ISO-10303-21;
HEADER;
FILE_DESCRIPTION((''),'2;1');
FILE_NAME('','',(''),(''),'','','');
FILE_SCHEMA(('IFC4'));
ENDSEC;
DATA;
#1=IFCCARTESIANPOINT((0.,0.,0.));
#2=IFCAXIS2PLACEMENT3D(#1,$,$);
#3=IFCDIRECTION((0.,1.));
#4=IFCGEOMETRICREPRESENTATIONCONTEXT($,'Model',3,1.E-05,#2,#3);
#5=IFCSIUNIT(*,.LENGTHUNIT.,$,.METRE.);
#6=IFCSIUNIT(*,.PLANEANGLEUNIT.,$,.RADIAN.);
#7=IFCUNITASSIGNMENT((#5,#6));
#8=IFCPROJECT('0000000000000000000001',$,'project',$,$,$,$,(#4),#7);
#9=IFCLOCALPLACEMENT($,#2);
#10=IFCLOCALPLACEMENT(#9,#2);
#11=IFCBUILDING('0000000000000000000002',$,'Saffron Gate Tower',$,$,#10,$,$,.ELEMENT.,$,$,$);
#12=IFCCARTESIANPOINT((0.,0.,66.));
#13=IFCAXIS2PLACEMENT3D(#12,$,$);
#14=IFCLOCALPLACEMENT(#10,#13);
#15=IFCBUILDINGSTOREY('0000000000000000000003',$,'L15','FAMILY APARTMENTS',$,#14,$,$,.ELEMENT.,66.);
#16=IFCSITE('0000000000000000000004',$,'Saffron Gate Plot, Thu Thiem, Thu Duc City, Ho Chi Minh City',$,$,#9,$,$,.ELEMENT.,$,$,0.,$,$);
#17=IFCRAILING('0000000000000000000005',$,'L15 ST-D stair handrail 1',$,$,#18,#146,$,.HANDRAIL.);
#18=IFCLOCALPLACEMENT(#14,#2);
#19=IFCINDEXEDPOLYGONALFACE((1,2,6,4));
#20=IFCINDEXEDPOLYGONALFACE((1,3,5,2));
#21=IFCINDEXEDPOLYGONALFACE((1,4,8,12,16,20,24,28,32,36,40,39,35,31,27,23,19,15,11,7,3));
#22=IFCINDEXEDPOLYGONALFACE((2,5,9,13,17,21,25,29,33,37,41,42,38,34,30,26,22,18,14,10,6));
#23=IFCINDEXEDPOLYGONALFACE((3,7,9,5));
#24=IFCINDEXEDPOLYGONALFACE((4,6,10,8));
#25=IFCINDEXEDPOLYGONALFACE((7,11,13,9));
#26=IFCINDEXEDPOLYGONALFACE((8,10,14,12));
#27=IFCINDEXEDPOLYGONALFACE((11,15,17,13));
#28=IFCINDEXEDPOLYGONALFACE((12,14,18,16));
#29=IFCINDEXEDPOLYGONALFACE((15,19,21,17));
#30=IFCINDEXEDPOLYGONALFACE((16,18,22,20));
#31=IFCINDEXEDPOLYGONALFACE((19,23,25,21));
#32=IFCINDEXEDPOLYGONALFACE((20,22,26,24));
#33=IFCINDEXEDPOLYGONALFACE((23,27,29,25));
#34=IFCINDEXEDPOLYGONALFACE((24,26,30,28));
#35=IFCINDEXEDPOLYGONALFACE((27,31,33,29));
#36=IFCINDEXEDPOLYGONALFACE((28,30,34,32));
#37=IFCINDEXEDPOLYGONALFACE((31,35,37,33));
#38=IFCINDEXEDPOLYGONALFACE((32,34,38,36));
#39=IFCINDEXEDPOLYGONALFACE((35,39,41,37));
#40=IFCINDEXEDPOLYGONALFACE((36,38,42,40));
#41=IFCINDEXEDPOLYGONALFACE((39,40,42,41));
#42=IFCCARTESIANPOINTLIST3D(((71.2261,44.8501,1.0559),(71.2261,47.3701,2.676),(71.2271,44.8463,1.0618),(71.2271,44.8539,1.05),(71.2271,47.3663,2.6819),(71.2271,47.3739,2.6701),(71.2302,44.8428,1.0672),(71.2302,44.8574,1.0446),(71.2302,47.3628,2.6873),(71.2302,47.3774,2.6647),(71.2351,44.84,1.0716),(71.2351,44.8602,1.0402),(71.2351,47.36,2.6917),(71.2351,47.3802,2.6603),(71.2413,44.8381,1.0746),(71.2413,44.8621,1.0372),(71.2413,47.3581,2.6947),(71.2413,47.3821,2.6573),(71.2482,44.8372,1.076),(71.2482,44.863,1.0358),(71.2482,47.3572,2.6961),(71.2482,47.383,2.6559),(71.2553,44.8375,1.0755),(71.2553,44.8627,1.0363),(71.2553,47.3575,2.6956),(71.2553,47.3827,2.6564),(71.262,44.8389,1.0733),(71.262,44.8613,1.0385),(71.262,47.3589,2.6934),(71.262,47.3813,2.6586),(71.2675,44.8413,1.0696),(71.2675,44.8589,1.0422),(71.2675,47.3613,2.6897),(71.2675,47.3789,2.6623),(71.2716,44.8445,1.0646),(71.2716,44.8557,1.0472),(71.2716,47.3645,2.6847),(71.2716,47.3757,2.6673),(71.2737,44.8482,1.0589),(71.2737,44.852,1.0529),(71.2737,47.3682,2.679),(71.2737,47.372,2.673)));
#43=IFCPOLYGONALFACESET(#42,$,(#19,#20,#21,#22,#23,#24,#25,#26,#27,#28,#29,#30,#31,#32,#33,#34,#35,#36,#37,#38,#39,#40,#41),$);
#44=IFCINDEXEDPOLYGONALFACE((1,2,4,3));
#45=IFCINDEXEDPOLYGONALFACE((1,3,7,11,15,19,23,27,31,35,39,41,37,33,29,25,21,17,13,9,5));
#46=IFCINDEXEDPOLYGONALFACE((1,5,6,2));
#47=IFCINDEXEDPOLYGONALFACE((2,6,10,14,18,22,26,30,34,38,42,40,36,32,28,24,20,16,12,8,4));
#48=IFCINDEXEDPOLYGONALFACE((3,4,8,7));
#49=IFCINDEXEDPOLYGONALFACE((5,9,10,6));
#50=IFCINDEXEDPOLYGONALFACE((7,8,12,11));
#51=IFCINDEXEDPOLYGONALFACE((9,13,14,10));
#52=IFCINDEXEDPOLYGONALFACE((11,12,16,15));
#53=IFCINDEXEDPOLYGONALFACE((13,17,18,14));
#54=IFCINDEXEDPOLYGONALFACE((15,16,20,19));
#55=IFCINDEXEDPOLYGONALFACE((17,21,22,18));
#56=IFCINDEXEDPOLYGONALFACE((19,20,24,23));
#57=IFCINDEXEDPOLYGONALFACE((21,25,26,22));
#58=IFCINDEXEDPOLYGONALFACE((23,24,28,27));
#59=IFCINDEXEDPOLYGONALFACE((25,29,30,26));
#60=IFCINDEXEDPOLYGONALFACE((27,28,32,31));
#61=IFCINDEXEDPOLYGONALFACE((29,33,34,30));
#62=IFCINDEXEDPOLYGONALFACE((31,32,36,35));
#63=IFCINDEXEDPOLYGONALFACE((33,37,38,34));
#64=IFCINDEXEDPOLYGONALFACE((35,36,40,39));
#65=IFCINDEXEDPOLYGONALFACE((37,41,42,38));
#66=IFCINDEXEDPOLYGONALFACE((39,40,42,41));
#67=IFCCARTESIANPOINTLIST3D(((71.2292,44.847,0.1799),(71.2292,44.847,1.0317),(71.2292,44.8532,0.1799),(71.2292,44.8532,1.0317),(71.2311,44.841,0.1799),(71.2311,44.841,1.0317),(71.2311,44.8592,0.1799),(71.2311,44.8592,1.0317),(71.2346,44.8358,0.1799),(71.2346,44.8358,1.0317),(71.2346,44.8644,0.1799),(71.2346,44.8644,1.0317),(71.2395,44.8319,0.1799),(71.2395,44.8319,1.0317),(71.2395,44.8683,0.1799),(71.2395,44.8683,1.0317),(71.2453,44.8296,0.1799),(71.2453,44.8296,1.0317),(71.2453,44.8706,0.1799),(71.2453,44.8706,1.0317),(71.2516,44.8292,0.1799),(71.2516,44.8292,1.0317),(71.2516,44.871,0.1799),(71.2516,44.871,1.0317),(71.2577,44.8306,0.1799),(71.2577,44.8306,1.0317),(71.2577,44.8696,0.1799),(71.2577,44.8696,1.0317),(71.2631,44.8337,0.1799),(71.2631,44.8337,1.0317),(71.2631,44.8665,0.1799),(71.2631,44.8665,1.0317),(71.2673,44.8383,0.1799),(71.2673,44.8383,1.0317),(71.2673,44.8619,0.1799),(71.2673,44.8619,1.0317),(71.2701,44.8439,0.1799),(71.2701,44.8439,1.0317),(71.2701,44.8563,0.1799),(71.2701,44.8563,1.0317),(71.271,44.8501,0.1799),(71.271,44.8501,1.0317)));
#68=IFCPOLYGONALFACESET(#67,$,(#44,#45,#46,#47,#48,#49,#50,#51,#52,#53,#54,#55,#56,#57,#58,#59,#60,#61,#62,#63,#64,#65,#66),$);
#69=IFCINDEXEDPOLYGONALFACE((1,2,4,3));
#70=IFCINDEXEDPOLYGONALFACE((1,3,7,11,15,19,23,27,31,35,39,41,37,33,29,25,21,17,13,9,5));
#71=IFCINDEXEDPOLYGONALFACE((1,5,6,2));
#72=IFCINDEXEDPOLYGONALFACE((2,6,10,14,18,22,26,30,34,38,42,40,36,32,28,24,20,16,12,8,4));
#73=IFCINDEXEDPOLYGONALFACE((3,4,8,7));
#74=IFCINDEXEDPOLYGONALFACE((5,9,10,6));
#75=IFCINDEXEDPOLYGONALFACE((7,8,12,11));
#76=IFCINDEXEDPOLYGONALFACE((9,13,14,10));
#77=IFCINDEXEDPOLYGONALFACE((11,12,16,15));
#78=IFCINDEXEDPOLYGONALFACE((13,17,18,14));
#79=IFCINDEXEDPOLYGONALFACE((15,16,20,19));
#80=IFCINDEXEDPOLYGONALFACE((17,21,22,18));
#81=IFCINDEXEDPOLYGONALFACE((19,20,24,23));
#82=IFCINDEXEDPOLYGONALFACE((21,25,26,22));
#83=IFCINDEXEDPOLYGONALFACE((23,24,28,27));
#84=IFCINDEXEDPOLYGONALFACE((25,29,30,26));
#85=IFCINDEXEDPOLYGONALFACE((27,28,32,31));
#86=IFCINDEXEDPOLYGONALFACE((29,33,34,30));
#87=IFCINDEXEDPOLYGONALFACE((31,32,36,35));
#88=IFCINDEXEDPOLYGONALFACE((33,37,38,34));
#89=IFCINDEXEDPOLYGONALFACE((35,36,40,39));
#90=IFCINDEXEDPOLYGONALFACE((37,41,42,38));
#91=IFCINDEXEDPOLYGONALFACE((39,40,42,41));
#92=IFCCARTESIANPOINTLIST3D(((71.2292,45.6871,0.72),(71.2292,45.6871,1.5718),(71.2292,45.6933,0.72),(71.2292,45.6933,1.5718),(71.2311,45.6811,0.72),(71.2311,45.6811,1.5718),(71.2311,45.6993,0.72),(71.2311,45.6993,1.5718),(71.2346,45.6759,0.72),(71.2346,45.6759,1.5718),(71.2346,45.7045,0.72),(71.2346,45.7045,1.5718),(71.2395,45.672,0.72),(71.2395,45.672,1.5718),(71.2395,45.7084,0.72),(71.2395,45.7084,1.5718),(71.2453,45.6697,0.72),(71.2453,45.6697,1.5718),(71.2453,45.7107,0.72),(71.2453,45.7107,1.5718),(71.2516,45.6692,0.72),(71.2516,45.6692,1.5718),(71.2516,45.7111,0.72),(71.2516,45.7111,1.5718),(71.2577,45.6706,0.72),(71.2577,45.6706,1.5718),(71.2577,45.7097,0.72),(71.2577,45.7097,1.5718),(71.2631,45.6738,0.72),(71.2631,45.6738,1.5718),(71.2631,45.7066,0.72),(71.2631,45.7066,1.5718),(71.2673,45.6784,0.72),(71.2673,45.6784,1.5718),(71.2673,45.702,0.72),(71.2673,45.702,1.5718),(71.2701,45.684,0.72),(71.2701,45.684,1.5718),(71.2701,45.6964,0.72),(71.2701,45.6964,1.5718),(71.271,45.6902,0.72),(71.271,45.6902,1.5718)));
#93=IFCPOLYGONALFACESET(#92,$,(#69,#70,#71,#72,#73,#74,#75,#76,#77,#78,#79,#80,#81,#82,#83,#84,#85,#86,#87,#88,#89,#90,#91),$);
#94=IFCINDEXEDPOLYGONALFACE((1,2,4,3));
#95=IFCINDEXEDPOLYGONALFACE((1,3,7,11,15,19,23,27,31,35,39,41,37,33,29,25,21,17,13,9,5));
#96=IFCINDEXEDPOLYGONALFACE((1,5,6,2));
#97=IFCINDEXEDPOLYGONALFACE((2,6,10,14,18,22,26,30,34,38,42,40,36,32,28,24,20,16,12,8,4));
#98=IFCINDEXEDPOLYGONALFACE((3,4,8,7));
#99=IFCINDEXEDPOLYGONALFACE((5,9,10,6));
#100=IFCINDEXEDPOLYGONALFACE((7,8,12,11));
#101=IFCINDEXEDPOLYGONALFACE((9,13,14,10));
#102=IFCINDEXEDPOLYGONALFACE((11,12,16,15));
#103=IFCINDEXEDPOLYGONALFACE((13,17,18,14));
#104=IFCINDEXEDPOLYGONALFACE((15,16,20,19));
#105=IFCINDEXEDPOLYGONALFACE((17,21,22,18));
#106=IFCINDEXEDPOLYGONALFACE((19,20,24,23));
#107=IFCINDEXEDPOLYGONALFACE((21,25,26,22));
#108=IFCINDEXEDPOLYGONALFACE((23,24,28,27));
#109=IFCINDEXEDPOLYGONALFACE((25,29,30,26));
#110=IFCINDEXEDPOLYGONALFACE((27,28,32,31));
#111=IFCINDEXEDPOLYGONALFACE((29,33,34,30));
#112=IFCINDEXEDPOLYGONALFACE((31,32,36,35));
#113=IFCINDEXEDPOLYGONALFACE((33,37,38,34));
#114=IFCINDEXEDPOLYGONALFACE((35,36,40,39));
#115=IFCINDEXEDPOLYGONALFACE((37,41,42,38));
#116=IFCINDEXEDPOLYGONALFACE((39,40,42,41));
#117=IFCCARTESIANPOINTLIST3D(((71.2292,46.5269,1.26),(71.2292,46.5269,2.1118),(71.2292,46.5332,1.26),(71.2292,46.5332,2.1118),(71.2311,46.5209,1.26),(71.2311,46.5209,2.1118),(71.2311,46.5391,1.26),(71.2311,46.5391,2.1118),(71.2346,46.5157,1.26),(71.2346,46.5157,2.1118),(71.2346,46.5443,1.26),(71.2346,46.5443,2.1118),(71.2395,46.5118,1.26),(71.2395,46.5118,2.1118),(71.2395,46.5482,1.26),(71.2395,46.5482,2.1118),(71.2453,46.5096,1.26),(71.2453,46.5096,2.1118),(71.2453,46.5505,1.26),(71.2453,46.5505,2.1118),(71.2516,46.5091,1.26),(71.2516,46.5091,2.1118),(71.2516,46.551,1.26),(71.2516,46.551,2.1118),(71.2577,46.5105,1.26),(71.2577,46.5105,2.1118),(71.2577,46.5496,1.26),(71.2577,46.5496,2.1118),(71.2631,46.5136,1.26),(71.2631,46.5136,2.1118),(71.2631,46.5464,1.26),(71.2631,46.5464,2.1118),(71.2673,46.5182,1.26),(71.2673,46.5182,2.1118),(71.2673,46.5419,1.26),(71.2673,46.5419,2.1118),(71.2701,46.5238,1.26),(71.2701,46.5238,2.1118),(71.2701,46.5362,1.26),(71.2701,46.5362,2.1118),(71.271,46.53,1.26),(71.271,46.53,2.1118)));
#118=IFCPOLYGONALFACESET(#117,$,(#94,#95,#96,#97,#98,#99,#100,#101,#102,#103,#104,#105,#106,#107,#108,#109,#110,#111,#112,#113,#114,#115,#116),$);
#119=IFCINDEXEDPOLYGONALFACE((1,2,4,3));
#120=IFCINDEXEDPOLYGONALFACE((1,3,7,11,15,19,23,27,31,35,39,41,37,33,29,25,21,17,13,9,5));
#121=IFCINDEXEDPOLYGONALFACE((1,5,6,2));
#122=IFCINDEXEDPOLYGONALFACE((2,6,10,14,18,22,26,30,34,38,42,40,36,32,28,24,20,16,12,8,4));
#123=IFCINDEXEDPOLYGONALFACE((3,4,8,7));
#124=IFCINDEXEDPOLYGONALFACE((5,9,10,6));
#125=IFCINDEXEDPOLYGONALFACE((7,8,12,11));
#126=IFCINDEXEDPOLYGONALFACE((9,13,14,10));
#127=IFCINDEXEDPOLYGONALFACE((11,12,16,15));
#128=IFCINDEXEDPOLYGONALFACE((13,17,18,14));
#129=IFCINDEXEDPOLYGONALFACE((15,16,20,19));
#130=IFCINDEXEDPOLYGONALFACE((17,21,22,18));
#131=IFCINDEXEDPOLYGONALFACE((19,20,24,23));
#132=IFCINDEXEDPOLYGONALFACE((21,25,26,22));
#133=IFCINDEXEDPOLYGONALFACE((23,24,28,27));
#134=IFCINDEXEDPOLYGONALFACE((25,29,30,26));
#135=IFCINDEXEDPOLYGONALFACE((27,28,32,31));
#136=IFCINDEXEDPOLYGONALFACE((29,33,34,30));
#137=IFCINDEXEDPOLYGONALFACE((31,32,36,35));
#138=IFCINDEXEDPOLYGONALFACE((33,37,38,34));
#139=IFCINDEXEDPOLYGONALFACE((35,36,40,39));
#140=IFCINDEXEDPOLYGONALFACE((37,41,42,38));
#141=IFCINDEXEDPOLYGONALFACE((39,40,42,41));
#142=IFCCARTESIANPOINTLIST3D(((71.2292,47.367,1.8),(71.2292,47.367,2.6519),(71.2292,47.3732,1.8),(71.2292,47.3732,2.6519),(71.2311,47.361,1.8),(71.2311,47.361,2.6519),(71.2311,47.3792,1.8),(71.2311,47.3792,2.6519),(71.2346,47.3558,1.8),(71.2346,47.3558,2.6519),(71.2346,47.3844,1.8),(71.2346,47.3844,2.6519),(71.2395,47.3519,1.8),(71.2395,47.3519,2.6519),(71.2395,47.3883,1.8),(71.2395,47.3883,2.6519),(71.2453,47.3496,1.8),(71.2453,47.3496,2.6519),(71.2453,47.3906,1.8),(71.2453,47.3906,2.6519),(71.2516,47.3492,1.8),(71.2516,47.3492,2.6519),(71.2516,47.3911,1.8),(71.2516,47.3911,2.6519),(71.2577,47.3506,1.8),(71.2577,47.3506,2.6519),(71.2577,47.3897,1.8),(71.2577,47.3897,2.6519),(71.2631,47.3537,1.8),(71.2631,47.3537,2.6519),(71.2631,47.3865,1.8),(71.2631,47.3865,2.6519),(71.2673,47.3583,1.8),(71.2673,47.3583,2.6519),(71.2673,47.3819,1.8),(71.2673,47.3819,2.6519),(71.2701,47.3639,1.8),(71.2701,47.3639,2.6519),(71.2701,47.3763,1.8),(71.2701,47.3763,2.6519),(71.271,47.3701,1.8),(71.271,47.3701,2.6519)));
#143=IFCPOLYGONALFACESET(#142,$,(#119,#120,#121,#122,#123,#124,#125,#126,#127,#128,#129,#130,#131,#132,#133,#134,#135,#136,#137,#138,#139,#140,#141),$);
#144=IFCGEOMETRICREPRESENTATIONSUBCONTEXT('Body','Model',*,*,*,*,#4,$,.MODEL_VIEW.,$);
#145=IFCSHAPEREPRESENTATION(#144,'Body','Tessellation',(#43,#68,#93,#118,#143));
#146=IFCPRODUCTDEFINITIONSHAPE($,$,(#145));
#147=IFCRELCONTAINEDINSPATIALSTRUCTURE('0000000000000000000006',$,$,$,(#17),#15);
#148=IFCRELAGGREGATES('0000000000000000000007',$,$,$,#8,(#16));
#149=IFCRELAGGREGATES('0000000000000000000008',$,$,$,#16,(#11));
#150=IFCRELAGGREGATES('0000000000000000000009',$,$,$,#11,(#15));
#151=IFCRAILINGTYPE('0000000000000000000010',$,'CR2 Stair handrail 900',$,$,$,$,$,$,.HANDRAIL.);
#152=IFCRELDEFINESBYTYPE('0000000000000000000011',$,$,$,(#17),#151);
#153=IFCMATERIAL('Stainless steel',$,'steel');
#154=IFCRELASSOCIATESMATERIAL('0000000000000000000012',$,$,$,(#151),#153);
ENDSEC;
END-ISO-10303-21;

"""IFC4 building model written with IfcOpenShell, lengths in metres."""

from ifc_helpers import new_model, si_unit, direction, frame, origin, origin_2d, place, context, subcontext, project, spatial, circle, extrude, material, type_object, element, save


model = new_model("IFC4")

# Units and contexts
model_context = context("Model", 3, precision=1e-05, world=origin(), true_north=direction((0.0, 1.0)))
body_context = subcontext(model_context, "Body", "Model", "MODEL_VIEW")
ifc_project = project(units=[si_unit("LENGTHUNIT", "METRE"), si_unit("PLANEANGLEUNIT", "RADIAN")], contexts=[model_context])

# Site, building, storey
site_placement = place(None, origin())
site = spatial("IfcSite", under=ifc_project, at=site_placement, Name="Saffron Gate Plot, Thu Thiem, Thu Duc City, Ho Chi Minh City", CompositionType="ELEMENT", RefElevation=0.0)
building_placement = place(site_placement, origin())
building = spatial("IfcBuilding", under=site, at=building_placement, Name="Saffron Gate Tower", CompositionType="ELEMENT")
storey_placement = place(building_placement, frame((0.0, 0.0, 66.0)))
storey = spatial("IfcBuildingStorey", under=building, at=storey_placement, Name="L15", Description="FAMILY APARTMENTS", CompositionType="ELEMENT", Elevation=66.0)

# Railing
ifc_material_1 = material(Name="Stainless steel", Category="steel")
railing_type_1 = type_object("IfcRailingType", Name="CR2 Stair handrail 900", PredefinedType="HANDRAIL", material=ifc_material_1)
railing_1_placement = place(storey_placement, frame((71.25, 44.8501, 0.1799)))
element("IfcRailing", 1, at=railing_1_placement, inside=storey, type_object=railing_type_1, Name="L15 ST-D stair handrail 1", PredefinedType="HANDRAIL", context=body_context, shape_type="SweptSolid", body=[
    extrude(circle(Radius=0.0239, at=origin_2d()), frame((0.0, 0.0, 0.876), z_axis=(0.0, 0.841163, 0.540782), x_axis=(-1.0, 0.0, 0.0)), (0.0, 0.0, 1.0), 2.9958),
    extrude(circle(Radius=0.021, at=origin_2d()), origin(), (0.0, 0.0, 1.0), 0.8518),
    extrude(circle(Radius=0.021, at=origin_2d()), frame((0.0, 0.8401, 0.54)), (0.0, 0.0, 1.0), 0.8518),
    extrude(circle(Radius=0.021, at=origin_2d()), frame((0.0, 1.6799, 1.0801)), (0.0, 0.0, 1.0), 0.8518),
    extrude(circle(Radius=0.021, at=origin_2d()), frame((0.0, 2.52, 1.6201)), (0.0, 0.0, 1.0), 0.8518),
])

save(model, "model.ifc")
